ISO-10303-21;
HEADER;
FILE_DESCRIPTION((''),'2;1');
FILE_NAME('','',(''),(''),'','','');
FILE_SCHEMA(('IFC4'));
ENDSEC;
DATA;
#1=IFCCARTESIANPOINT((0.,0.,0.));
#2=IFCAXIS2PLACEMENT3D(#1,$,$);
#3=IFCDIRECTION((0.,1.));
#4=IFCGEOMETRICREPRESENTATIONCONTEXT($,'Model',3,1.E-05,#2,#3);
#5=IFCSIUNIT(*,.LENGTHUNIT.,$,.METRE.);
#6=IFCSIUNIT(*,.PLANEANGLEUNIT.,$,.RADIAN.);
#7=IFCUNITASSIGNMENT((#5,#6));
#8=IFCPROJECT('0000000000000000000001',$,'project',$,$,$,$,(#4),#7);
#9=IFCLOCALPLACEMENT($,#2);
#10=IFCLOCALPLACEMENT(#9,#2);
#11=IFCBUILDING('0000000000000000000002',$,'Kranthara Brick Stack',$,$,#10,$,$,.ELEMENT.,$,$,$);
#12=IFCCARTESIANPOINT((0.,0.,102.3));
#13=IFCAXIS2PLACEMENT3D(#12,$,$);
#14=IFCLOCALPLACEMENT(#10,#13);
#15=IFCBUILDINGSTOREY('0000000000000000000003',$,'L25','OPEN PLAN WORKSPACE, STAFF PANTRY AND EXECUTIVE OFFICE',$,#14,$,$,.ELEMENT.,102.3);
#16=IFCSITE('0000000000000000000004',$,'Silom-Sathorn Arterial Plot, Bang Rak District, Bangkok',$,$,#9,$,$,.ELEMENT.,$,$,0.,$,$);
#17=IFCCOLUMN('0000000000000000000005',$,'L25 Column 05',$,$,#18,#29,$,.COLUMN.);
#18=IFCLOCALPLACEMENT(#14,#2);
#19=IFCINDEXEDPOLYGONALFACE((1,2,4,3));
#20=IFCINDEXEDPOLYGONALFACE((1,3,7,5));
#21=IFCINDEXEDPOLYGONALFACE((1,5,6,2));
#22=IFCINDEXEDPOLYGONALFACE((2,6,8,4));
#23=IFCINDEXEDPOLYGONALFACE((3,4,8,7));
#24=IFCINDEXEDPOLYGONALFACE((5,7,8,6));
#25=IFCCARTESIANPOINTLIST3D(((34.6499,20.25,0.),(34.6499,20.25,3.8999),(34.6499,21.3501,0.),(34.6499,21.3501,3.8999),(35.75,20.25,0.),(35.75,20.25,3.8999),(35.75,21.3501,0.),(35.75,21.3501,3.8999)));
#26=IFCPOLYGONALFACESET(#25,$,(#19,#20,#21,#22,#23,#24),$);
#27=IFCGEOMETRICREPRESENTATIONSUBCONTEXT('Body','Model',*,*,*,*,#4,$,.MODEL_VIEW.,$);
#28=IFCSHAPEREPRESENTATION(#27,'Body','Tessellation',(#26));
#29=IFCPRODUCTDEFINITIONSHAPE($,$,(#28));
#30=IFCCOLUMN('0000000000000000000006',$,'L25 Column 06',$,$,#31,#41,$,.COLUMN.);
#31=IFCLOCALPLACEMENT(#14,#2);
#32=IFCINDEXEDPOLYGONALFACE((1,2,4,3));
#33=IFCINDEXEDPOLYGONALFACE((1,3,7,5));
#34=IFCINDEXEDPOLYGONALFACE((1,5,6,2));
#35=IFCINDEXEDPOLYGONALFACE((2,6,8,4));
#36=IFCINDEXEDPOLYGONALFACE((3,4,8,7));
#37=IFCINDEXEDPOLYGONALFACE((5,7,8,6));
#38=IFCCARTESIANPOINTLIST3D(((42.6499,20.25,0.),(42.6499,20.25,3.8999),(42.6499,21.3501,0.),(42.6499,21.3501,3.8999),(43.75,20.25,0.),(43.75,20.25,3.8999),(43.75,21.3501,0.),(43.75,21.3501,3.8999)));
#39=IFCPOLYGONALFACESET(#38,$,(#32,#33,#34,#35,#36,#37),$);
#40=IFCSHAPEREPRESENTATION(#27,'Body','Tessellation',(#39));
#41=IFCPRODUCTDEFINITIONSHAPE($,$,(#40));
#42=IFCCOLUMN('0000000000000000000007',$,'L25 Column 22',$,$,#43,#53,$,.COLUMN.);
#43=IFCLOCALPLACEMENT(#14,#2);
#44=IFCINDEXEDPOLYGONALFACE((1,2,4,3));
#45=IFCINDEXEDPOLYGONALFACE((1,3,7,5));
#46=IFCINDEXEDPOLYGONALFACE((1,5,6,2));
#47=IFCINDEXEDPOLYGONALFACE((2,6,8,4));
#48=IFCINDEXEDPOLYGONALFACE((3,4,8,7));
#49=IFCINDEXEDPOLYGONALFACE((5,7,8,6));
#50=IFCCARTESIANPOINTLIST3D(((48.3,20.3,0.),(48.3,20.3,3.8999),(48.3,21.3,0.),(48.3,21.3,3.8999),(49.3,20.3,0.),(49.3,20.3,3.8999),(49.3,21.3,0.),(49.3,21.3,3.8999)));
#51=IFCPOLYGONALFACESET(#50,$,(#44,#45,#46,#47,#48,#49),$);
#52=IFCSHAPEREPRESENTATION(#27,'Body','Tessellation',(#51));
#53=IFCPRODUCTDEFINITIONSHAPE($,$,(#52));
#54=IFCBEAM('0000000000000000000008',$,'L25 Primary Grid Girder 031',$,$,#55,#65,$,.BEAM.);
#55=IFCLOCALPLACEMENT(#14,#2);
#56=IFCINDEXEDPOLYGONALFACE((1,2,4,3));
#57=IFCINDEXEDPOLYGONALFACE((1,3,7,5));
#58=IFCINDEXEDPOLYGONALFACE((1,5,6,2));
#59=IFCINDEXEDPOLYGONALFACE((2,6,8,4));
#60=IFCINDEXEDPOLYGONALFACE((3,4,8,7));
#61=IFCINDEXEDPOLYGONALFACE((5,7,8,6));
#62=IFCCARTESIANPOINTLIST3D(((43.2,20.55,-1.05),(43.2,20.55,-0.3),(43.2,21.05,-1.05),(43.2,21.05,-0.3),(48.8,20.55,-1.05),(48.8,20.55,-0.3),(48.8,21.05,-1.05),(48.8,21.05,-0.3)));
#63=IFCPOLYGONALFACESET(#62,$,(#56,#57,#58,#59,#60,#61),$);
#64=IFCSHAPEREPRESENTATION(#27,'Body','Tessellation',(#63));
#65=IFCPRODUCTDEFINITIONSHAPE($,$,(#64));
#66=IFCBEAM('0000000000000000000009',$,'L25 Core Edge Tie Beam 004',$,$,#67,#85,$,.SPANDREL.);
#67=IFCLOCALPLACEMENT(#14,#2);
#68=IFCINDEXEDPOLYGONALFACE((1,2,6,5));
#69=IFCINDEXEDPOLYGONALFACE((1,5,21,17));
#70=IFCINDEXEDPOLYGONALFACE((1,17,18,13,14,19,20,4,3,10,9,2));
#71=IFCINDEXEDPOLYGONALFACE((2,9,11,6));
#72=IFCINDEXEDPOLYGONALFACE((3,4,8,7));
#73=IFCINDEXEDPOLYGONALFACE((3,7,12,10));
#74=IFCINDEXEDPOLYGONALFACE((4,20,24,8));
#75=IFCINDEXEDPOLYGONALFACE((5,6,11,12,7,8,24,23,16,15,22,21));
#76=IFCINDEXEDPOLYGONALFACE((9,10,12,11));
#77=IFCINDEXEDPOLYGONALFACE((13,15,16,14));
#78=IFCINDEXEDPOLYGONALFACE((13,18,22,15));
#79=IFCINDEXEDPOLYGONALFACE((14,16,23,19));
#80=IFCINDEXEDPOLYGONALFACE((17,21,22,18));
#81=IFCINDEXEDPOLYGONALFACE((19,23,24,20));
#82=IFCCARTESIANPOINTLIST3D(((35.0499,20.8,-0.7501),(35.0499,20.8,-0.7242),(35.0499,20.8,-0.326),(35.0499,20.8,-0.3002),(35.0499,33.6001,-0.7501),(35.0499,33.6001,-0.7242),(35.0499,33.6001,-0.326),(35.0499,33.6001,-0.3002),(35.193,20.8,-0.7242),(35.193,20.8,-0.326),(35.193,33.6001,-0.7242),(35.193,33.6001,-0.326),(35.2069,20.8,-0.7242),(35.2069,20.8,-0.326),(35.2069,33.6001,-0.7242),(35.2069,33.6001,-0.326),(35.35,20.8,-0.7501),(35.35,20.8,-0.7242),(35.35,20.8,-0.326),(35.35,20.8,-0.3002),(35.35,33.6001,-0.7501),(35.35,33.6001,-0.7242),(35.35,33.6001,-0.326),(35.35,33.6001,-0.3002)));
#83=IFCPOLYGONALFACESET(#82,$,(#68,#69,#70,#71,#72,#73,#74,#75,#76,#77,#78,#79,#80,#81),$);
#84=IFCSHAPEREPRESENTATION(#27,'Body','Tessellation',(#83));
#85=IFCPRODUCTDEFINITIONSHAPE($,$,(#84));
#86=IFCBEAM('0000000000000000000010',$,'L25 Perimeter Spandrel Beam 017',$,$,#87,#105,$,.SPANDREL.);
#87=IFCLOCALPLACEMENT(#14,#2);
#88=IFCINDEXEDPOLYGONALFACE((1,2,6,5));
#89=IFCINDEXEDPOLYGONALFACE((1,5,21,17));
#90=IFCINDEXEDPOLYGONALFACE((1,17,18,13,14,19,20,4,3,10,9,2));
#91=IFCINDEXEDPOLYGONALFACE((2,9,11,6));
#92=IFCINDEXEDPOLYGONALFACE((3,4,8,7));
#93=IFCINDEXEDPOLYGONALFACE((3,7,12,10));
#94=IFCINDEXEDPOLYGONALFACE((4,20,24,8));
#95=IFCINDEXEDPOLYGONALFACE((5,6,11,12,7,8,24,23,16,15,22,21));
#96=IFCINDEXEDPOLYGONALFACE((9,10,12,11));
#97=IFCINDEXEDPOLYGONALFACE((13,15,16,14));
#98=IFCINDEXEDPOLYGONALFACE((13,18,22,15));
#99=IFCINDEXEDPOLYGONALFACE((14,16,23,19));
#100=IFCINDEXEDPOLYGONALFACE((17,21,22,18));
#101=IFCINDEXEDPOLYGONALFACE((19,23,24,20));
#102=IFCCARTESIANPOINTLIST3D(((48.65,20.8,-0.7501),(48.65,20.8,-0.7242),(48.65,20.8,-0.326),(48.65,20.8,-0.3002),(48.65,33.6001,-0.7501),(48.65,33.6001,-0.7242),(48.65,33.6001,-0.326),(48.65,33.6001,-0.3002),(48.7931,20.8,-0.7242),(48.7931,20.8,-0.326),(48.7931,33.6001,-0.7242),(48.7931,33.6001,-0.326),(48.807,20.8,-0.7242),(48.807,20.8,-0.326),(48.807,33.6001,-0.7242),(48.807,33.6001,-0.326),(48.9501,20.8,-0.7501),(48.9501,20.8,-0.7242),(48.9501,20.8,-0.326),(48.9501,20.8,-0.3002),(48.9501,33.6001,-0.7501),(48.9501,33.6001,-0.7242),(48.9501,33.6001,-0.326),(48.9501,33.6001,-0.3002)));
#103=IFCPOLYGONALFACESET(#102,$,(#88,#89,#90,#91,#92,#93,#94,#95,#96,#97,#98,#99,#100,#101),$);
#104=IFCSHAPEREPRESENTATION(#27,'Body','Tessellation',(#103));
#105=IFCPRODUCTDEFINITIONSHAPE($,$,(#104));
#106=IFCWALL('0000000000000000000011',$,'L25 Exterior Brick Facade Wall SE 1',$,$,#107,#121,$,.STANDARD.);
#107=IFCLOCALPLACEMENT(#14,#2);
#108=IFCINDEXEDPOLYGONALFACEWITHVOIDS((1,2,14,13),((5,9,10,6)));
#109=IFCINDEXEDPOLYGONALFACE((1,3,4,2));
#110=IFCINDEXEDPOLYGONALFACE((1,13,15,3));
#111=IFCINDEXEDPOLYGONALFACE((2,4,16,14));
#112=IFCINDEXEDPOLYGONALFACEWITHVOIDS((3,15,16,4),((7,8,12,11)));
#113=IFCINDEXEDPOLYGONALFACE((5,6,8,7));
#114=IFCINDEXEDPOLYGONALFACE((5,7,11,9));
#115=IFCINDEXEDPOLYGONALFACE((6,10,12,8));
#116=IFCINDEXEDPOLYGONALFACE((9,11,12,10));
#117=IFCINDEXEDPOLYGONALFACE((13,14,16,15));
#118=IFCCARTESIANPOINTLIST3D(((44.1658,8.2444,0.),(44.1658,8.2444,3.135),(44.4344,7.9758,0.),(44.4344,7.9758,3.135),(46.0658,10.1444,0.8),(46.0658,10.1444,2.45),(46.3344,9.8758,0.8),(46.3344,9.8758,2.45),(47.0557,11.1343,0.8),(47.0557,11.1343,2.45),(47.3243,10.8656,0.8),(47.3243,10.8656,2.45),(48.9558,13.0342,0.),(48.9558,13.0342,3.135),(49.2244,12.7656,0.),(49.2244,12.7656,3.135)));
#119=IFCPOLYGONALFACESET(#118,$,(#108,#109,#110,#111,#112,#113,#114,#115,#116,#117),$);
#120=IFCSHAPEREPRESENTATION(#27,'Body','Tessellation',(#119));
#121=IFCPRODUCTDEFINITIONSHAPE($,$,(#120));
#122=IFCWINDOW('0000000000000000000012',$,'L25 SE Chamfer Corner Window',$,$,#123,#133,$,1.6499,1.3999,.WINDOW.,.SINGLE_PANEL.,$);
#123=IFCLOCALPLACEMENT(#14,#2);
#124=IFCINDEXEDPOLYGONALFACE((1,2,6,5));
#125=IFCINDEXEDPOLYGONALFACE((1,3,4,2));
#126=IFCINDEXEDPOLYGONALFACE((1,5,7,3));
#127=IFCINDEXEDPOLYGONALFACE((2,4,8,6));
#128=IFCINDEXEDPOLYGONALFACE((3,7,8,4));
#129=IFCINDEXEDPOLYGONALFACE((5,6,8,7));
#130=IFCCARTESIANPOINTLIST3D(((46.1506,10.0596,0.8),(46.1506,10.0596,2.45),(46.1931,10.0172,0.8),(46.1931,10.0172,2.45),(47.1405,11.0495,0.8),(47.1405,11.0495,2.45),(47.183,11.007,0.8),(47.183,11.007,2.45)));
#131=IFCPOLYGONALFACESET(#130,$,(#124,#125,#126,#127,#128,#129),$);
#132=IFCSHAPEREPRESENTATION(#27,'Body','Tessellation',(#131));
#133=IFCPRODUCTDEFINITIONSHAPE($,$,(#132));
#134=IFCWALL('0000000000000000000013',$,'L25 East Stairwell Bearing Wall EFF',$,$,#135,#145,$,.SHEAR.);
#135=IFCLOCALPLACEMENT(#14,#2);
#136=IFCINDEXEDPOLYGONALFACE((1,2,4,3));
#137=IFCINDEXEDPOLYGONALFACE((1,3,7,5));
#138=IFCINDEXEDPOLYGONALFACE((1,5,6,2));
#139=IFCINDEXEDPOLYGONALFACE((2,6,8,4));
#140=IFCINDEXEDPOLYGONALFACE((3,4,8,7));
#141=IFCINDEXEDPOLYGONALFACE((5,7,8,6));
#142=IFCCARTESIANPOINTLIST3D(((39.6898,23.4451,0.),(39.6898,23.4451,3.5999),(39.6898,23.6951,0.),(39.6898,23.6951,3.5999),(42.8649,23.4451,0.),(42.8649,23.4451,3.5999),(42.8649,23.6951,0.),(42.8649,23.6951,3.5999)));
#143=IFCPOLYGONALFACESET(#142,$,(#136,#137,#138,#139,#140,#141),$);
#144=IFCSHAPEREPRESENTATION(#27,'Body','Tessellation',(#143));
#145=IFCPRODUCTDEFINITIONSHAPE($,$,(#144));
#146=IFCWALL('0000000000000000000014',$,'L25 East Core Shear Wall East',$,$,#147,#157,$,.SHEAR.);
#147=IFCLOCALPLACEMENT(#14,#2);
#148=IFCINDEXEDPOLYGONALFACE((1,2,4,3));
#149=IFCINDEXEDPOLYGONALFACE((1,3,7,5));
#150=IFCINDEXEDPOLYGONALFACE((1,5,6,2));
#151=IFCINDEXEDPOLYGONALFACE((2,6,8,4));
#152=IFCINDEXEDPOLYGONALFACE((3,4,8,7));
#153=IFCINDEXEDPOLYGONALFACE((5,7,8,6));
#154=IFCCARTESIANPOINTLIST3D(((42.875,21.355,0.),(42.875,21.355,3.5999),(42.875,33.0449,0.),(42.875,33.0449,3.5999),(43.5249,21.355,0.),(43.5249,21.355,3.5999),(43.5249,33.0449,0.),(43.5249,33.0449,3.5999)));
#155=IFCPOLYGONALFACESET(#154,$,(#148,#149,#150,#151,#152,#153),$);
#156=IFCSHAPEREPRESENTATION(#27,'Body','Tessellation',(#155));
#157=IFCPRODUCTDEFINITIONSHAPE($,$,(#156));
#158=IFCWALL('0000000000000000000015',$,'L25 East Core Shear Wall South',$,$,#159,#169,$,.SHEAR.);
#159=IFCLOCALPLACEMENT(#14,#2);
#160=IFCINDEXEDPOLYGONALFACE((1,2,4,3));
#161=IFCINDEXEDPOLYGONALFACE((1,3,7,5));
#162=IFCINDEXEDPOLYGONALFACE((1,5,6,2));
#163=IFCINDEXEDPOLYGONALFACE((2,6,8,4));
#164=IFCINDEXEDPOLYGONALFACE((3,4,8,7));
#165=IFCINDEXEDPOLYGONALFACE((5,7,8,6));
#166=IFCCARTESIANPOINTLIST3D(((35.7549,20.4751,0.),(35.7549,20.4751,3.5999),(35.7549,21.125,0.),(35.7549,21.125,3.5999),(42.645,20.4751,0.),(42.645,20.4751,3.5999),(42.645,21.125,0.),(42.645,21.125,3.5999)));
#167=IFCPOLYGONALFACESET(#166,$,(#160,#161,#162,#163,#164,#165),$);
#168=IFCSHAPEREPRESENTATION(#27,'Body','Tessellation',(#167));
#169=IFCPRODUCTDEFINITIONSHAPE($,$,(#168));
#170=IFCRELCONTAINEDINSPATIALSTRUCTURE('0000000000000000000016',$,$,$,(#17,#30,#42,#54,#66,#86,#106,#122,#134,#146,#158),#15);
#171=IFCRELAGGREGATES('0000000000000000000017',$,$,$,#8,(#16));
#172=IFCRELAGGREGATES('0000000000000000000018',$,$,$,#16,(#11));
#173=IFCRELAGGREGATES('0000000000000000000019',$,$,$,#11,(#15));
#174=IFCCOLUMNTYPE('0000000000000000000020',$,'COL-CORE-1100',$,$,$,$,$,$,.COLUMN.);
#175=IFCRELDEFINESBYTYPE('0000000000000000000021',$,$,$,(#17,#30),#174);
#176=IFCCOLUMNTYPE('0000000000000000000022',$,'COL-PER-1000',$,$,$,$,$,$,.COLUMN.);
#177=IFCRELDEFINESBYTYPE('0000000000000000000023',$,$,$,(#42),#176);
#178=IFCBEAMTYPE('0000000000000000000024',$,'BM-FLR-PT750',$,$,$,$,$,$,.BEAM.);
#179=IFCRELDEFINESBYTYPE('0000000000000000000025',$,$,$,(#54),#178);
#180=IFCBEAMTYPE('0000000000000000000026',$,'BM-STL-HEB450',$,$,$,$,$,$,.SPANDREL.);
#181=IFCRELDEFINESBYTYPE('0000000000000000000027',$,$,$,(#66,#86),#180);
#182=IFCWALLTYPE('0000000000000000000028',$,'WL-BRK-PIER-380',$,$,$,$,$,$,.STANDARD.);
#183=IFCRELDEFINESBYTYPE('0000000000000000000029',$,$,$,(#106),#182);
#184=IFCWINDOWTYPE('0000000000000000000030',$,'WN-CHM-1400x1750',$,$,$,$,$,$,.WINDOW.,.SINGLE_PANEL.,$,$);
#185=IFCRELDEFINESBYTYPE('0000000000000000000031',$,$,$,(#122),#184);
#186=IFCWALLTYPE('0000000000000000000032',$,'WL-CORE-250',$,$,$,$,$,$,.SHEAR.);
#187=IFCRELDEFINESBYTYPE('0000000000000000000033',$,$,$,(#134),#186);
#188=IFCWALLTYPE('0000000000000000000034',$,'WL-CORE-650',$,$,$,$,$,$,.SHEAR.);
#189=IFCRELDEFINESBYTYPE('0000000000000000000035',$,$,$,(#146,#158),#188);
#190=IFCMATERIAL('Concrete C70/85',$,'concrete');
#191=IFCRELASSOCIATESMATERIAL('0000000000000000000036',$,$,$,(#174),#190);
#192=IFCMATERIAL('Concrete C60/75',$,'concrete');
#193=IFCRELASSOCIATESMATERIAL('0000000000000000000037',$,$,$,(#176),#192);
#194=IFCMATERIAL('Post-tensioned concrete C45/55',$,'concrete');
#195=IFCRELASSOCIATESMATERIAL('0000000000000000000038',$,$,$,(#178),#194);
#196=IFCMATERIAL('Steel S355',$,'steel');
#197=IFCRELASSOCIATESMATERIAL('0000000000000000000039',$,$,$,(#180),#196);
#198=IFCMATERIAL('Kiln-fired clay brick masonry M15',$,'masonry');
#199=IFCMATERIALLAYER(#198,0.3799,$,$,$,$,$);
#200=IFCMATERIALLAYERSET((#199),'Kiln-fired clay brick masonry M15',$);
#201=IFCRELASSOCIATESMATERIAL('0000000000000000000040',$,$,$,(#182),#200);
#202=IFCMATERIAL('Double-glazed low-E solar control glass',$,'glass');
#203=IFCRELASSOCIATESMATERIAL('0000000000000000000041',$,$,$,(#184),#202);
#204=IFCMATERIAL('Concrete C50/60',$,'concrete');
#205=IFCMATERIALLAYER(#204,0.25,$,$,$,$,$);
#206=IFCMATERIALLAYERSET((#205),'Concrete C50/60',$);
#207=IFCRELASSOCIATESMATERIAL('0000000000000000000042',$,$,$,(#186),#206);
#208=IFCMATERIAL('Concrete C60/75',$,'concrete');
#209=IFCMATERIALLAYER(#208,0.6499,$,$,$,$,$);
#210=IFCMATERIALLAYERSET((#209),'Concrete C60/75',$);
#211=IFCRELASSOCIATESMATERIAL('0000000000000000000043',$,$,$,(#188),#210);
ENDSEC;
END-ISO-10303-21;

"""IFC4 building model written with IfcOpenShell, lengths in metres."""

from ifc_helpers import new_model, si_unit, direction, frame, frame_2d, origin, origin_2d, place, context, subcontext, project, spatial, rectangle, i_section, extrude, material, layer, layer_set, material_profile, profile_set, type_object, element, fill, save


model = new_model("IFC4")

# Units and contexts
model_context = context("Model", 3, precision=1e-05, world=origin(), true_north=direction((0.0, 1.0)))
body_context = subcontext(model_context, "Body", "Model", "MODEL_VIEW")
ifc_project = project(units=[si_unit("LENGTHUNIT", "METRE"), si_unit("PLANEANGLEUNIT", "RADIAN")], contexts=[model_context])

# Site, building, storey
site_placement = place(None, origin())
site = spatial("IfcSite", under=ifc_project, at=site_placement, Name="Silom-Sathorn Arterial Plot, Bang Rak District, Bangkok", CompositionType="ELEMENT", RefElevation=0.0)
building_placement = place(site_placement, origin())
building = spatial("IfcBuilding", under=site, at=building_placement, Name="Kranthara Brick Stack", CompositionType="ELEMENT")
storey_placement = place(building_placement, frame((0.0, 0.0, 102.3)))
storey = spatial("IfcBuildingStorey", under=building, at=storey_placement, Name="L25", Description="OPEN PLAN WORKSPACE, STAFF PANTRY AND EXECUTIVE OFFICE", CompositionType="ELEMENT", Elevation=102.3)

# Columns
ifc_material_1 = material(Name="Concrete C70/85", Category="concrete")
ifc_material_profile_1 = material_profile(ifc_material_1, rectangle(XDim=1.1001, YDim=1.1001, at=origin_2d()), Name="RC 1100x1100")
ifc_profile_set_1 = profile_set([ifc_material_profile_1], Name="Concrete C70/85")
column_type_1 = type_object("IfcColumnType", Name="COL-CORE-1100", PredefinedType="COLUMN", material=ifc_profile_set_1)
for number, where, z_axis, x_axis, name in (
    (1, (35.2, 20.8, 0.0), (0.0, 0.0, 1.0), (1.0, 0.0, 0.0), "L25 Column 05"),
    (2, (43.2, 20.8, 0.0), (0.0, 0.0, 1.0), (1.0, 0.0, 0.0), "L25 Column 06"),
):
    element("IfcColumn", number, at=place(storey_placement, frame(where, z_axis=z_axis, x_axis=x_axis)), inside=storey, type_object=column_type_1, Name=name, PredefinedType="COLUMN", context=body_context, shape_type="SweptSolid", body=[
        extrude(rectangle(XDim=1.1001, YDim=1.1001, at=origin_2d()), origin(), (0.0, 0.0, 1.0), 3.8999),
    ])
ifc_material_2 = material(Name="Concrete C60/75", Category="concrete")
ifc_material_profile_2 = material_profile(ifc_material_2, rectangle(XDim=1.0, YDim=1.0, at=origin_2d()), Name="RC 1000x1000")
ifc_profile_set_2 = profile_set([ifc_material_profile_2], Name="Concrete C60/75")
column_type_2 = type_object("IfcColumnType", Name="COL-PER-1000", PredefinedType="COLUMN", material=ifc_profile_set_2)
column_placement = place(storey_placement, frame((48.8, 20.8, 0.0), z_axis=(0.0, 0.0, 1.0), x_axis=(1.0, 0.0, 0.0)))
element("IfcColumn", 3, at=column_placement, inside=storey, type_object=column_type_2, Name="L25 Column 22", PredefinedType="COLUMN", context=body_context, shape_type="SweptSolid", body=[
    extrude(rectangle(XDim=1.0, YDim=1.0, at=origin_2d()), origin(), (0.0, 0.0, 1.0), 3.8999),
])

# Beams
ifc_material_3 = material(Name="Post-tensioned concrete C45/55", Category="concrete")
ifc_material_profile_3 = material_profile(ifc_material_3, rectangle(XDim=0.5, YDim=0.75, at=origin_2d()), Name="PT 500x750")
ifc_profile_set_3 = profile_set([ifc_material_profile_3], Name="Post-tensioned concrete C45/55")
beam_type_1 = type_object("IfcBeamType", Name="BM-FLR-PT750", PredefinedType="BEAM", material=ifc_profile_set_3)
beam_placement = place(storey_placement, frame((43.2, 20.8, -0.675), z_axis=(1.0, 0.0, 0.0), x_axis=(0.0, 1.0, 0.0)))
element("IfcBeam", 4, at=beam_placement, inside=storey, type_object=beam_type_1, Name="L25 Primary Grid Girder 031", PredefinedType="BEAM", context=body_context, shape_type="SweptSolid", body=[
    extrude(rectangle(XDim=0.5, YDim=0.75, at=origin_2d()), origin(), (0.0, 0.0, 1.0), 5.6001),
])
ifc_material_4 = material(Name="Steel S355", Category="steel")
ifc_material_profile_4 = material_profile(ifc_material_4, i_section(OverallWidth=0.3, OverallDepth=0.45, WebThickness=0.0139, FlangeThickness=0.0259, at=origin_2d()), Name="HEB 450")
ifc_profile_set_4 = profile_set([ifc_material_profile_4], Name="Steel S355")
beam_type_2 = type_object("IfcBeamType", Name="BM-STL-HEB450", PredefinedType="SPANDREL", material=ifc_profile_set_4)
for number, where, z_axis, x_axis, name in (
    (5, (35.2, 20.8, -0.5251), (0.0, 1.0, 0.0), (-1.0, 0.0, 0.0), "L25 Core Edge Tie Beam 004"),
    (6, (48.8, 20.8, -0.5251), (0.0, 1.0, 0.0), (-1.0, 0.0, 0.0), "L25 Perimeter Spandrel Beam 017"),
):
    element("IfcBeam", number, at=place(storey_placement, frame(where, z_axis=z_axis, x_axis=x_axis)), inside=storey, type_object=beam_type_2, Name=name, PredefinedType="SPANDREL", context=body_context, shape_type="SweptSolid", body=[
        extrude(i_section(OverallWidth=0.3, OverallDepth=0.45, WebThickness=0.0139, FlangeThickness=0.0259, at=origin_2d()), origin(), (0.0, 0.0, 1.0), 12.8),
    ])

# Wall, opening, window
ifc_material_5 = material(Name="Kiln-fired clay brick masonry M15", Category="masonry")
ifc_layer_1 = layer(ifc_material_5, 0.3799)
ifc_layer_set_1 = layer_set([ifc_layer_1], Name="Kiln-fired clay brick masonry M15")
wall_type_1 = type_object("IfcWallType", Name="WL-BRK-PIER-380", PredefinedType="STANDARD", material=ifc_layer_set_1)
wall_1_placement = place(storey_placement, frame((49.0901, 12.8999, 0.0), z_axis=(0.0, 0.0, 1.0), x_axis=(-0.707125, -0.707089, 0.0)))
wall_1 = element("IfcWall", 7, at=wall_1_placement, inside=storey, type_object=wall_type_1, Name="L25 Exterior Brick Facade Wall SE 1", PredefinedType="STANDARD", context=body_context, shape_type="SweptSolid", body=[
    extrude(rectangle(XDim=6.7739, YDim=0.3799, at=frame_2d((3.387, 0.0))), origin(), (0.0, 0.0, 1.0), 3.135),
])
opening_1_placement = place(wall_1_placement, frame((2.687, 0.0, 0.8)))
opening_1 = element("IfcOpeningElement", 8, at=opening_1_placement, cuts=wall_1, PredefinedType="OPENING", context=body_context, shape_type="SweptSolid", body=[
    extrude(rectangle(XDim=1.3999, YDim=1.6499, at=frame_2d((0.7, 0.825))), frame((0.0, 0.2, 0.0), z_axis=(0.0, -1.0, 0.0), x_axis=(1.0, 0.0, 0.0)), (0.0, 0.0, 1.0), 0.3999),
])
ifc_material_6 = material(Name="Double-glazed low-E solar control glass", Category="glass")
window_type = type_object("IfcWindowType", Name="WN-CHM-1400x1750", PartitioningType="SINGLE_PANEL", PredefinedType="WINDOW", material=ifc_material_6)
window_placement = place(opening_1_placement, origin())
window = element("IfcWindow", 9, at=window_placement, inside=storey, type_object=window_type, Name="L25 SE Chamfer Corner Window", OverallHeight=1.6499, OverallWidth=1.3999, PartitioningType="SINGLE_PANEL", PredefinedType="WINDOW", context=body_context, shape_type="SweptSolid", body=[
    extrude(rectangle(XDim=1.3999, YDim=1.6499, at=frame_2d((0.7, 0.825))), frame((0.0, -0.01, 0.0), z_axis=(0.0, -1.0, 0.0), x_axis=(1.0, 0.0, 0.0)), (0.0, 0.0, 1.0), 0.0601),
])
fill(opening_1, window)

# Shared definitions
ifc_material_7 = material(Name="Concrete C50/60", Category="concrete")
ifc_layer_2 = layer(ifc_material_7, 0.25)
ifc_layer_set_2 = layer_set([ifc_layer_2], Name="Concrete C50/60")
wall_type_2 = type_object("IfcWallType", Name="WL-CORE-250", PredefinedType="SHEAR", material=ifc_layer_set_2)

# Walls
wall_2_placement = place(storey_placement, frame((39.6899, 23.5701, 0.0), z_axis=(0.0, 0.0, 1.0), x_axis=(1.0, 0.0, 0.0)))
element("IfcWall", 10, at=wall_2_placement, inside=storey, type_object=wall_type_2, Name="L25 East Stairwell Bearing Wall EFF", PredefinedType="SHEAR", context=body_context, shape_type="SweptSolid", body=[
    extrude(rectangle(XDim=3.175, YDim=0.25, at=frame_2d((1.5874, 0.0))), origin(), (0.0, 0.0, 1.0), 3.5999),
])
ifc_material_8 = material(Name="Concrete C60/75", Category="concrete")
ifc_layer_3 = layer(ifc_material_8, 0.6499)
ifc_layer_set_3 = layer_set([ifc_layer_3], Name="Concrete C60/75")
wall_type_3 = type_object("IfcWallType", Name="WL-CORE-650", PredefinedType="SHEAR", material=ifc_layer_set_3)
wall_3_placement = place(storey_placement, frame((43.2, 21.355, 0.0), z_axis=(0.0, 0.0, 1.0), x_axis=(0.0, 1.0, 0.0)))
element("IfcWall", 11, at=wall_3_placement, inside=storey, type_object=wall_type_3, Name="L25 East Core Shear Wall East", PredefinedType="SHEAR", context=body_context, shape_type="SweptSolid", body=[
    extrude(rectangle(XDim=11.6899, YDim=0.6499, at=frame_2d((5.845, 0.0))), origin(), (0.0, 0.0, 1.0), 3.5999),
])
wall_4_placement = place(storey_placement, frame((35.7549, 20.8, 0.0), z_axis=(0.0, 0.0, 1.0), x_axis=(1.0, 0.0, 0.0)))
element("IfcWall", 12, at=wall_4_placement, inside=storey, type_object=wall_type_3, Name="L25 East Core Shear Wall South", PredefinedType="SHEAR", context=body_context, shape_type="SweptSolid", body=[
    extrude(rectangle(XDim=6.8901, YDim=0.6499, at=frame_2d((3.4451, 0.0))), origin(), (0.0, 0.0, 1.0), 3.5999),
])

save(model, "model.ifc")
